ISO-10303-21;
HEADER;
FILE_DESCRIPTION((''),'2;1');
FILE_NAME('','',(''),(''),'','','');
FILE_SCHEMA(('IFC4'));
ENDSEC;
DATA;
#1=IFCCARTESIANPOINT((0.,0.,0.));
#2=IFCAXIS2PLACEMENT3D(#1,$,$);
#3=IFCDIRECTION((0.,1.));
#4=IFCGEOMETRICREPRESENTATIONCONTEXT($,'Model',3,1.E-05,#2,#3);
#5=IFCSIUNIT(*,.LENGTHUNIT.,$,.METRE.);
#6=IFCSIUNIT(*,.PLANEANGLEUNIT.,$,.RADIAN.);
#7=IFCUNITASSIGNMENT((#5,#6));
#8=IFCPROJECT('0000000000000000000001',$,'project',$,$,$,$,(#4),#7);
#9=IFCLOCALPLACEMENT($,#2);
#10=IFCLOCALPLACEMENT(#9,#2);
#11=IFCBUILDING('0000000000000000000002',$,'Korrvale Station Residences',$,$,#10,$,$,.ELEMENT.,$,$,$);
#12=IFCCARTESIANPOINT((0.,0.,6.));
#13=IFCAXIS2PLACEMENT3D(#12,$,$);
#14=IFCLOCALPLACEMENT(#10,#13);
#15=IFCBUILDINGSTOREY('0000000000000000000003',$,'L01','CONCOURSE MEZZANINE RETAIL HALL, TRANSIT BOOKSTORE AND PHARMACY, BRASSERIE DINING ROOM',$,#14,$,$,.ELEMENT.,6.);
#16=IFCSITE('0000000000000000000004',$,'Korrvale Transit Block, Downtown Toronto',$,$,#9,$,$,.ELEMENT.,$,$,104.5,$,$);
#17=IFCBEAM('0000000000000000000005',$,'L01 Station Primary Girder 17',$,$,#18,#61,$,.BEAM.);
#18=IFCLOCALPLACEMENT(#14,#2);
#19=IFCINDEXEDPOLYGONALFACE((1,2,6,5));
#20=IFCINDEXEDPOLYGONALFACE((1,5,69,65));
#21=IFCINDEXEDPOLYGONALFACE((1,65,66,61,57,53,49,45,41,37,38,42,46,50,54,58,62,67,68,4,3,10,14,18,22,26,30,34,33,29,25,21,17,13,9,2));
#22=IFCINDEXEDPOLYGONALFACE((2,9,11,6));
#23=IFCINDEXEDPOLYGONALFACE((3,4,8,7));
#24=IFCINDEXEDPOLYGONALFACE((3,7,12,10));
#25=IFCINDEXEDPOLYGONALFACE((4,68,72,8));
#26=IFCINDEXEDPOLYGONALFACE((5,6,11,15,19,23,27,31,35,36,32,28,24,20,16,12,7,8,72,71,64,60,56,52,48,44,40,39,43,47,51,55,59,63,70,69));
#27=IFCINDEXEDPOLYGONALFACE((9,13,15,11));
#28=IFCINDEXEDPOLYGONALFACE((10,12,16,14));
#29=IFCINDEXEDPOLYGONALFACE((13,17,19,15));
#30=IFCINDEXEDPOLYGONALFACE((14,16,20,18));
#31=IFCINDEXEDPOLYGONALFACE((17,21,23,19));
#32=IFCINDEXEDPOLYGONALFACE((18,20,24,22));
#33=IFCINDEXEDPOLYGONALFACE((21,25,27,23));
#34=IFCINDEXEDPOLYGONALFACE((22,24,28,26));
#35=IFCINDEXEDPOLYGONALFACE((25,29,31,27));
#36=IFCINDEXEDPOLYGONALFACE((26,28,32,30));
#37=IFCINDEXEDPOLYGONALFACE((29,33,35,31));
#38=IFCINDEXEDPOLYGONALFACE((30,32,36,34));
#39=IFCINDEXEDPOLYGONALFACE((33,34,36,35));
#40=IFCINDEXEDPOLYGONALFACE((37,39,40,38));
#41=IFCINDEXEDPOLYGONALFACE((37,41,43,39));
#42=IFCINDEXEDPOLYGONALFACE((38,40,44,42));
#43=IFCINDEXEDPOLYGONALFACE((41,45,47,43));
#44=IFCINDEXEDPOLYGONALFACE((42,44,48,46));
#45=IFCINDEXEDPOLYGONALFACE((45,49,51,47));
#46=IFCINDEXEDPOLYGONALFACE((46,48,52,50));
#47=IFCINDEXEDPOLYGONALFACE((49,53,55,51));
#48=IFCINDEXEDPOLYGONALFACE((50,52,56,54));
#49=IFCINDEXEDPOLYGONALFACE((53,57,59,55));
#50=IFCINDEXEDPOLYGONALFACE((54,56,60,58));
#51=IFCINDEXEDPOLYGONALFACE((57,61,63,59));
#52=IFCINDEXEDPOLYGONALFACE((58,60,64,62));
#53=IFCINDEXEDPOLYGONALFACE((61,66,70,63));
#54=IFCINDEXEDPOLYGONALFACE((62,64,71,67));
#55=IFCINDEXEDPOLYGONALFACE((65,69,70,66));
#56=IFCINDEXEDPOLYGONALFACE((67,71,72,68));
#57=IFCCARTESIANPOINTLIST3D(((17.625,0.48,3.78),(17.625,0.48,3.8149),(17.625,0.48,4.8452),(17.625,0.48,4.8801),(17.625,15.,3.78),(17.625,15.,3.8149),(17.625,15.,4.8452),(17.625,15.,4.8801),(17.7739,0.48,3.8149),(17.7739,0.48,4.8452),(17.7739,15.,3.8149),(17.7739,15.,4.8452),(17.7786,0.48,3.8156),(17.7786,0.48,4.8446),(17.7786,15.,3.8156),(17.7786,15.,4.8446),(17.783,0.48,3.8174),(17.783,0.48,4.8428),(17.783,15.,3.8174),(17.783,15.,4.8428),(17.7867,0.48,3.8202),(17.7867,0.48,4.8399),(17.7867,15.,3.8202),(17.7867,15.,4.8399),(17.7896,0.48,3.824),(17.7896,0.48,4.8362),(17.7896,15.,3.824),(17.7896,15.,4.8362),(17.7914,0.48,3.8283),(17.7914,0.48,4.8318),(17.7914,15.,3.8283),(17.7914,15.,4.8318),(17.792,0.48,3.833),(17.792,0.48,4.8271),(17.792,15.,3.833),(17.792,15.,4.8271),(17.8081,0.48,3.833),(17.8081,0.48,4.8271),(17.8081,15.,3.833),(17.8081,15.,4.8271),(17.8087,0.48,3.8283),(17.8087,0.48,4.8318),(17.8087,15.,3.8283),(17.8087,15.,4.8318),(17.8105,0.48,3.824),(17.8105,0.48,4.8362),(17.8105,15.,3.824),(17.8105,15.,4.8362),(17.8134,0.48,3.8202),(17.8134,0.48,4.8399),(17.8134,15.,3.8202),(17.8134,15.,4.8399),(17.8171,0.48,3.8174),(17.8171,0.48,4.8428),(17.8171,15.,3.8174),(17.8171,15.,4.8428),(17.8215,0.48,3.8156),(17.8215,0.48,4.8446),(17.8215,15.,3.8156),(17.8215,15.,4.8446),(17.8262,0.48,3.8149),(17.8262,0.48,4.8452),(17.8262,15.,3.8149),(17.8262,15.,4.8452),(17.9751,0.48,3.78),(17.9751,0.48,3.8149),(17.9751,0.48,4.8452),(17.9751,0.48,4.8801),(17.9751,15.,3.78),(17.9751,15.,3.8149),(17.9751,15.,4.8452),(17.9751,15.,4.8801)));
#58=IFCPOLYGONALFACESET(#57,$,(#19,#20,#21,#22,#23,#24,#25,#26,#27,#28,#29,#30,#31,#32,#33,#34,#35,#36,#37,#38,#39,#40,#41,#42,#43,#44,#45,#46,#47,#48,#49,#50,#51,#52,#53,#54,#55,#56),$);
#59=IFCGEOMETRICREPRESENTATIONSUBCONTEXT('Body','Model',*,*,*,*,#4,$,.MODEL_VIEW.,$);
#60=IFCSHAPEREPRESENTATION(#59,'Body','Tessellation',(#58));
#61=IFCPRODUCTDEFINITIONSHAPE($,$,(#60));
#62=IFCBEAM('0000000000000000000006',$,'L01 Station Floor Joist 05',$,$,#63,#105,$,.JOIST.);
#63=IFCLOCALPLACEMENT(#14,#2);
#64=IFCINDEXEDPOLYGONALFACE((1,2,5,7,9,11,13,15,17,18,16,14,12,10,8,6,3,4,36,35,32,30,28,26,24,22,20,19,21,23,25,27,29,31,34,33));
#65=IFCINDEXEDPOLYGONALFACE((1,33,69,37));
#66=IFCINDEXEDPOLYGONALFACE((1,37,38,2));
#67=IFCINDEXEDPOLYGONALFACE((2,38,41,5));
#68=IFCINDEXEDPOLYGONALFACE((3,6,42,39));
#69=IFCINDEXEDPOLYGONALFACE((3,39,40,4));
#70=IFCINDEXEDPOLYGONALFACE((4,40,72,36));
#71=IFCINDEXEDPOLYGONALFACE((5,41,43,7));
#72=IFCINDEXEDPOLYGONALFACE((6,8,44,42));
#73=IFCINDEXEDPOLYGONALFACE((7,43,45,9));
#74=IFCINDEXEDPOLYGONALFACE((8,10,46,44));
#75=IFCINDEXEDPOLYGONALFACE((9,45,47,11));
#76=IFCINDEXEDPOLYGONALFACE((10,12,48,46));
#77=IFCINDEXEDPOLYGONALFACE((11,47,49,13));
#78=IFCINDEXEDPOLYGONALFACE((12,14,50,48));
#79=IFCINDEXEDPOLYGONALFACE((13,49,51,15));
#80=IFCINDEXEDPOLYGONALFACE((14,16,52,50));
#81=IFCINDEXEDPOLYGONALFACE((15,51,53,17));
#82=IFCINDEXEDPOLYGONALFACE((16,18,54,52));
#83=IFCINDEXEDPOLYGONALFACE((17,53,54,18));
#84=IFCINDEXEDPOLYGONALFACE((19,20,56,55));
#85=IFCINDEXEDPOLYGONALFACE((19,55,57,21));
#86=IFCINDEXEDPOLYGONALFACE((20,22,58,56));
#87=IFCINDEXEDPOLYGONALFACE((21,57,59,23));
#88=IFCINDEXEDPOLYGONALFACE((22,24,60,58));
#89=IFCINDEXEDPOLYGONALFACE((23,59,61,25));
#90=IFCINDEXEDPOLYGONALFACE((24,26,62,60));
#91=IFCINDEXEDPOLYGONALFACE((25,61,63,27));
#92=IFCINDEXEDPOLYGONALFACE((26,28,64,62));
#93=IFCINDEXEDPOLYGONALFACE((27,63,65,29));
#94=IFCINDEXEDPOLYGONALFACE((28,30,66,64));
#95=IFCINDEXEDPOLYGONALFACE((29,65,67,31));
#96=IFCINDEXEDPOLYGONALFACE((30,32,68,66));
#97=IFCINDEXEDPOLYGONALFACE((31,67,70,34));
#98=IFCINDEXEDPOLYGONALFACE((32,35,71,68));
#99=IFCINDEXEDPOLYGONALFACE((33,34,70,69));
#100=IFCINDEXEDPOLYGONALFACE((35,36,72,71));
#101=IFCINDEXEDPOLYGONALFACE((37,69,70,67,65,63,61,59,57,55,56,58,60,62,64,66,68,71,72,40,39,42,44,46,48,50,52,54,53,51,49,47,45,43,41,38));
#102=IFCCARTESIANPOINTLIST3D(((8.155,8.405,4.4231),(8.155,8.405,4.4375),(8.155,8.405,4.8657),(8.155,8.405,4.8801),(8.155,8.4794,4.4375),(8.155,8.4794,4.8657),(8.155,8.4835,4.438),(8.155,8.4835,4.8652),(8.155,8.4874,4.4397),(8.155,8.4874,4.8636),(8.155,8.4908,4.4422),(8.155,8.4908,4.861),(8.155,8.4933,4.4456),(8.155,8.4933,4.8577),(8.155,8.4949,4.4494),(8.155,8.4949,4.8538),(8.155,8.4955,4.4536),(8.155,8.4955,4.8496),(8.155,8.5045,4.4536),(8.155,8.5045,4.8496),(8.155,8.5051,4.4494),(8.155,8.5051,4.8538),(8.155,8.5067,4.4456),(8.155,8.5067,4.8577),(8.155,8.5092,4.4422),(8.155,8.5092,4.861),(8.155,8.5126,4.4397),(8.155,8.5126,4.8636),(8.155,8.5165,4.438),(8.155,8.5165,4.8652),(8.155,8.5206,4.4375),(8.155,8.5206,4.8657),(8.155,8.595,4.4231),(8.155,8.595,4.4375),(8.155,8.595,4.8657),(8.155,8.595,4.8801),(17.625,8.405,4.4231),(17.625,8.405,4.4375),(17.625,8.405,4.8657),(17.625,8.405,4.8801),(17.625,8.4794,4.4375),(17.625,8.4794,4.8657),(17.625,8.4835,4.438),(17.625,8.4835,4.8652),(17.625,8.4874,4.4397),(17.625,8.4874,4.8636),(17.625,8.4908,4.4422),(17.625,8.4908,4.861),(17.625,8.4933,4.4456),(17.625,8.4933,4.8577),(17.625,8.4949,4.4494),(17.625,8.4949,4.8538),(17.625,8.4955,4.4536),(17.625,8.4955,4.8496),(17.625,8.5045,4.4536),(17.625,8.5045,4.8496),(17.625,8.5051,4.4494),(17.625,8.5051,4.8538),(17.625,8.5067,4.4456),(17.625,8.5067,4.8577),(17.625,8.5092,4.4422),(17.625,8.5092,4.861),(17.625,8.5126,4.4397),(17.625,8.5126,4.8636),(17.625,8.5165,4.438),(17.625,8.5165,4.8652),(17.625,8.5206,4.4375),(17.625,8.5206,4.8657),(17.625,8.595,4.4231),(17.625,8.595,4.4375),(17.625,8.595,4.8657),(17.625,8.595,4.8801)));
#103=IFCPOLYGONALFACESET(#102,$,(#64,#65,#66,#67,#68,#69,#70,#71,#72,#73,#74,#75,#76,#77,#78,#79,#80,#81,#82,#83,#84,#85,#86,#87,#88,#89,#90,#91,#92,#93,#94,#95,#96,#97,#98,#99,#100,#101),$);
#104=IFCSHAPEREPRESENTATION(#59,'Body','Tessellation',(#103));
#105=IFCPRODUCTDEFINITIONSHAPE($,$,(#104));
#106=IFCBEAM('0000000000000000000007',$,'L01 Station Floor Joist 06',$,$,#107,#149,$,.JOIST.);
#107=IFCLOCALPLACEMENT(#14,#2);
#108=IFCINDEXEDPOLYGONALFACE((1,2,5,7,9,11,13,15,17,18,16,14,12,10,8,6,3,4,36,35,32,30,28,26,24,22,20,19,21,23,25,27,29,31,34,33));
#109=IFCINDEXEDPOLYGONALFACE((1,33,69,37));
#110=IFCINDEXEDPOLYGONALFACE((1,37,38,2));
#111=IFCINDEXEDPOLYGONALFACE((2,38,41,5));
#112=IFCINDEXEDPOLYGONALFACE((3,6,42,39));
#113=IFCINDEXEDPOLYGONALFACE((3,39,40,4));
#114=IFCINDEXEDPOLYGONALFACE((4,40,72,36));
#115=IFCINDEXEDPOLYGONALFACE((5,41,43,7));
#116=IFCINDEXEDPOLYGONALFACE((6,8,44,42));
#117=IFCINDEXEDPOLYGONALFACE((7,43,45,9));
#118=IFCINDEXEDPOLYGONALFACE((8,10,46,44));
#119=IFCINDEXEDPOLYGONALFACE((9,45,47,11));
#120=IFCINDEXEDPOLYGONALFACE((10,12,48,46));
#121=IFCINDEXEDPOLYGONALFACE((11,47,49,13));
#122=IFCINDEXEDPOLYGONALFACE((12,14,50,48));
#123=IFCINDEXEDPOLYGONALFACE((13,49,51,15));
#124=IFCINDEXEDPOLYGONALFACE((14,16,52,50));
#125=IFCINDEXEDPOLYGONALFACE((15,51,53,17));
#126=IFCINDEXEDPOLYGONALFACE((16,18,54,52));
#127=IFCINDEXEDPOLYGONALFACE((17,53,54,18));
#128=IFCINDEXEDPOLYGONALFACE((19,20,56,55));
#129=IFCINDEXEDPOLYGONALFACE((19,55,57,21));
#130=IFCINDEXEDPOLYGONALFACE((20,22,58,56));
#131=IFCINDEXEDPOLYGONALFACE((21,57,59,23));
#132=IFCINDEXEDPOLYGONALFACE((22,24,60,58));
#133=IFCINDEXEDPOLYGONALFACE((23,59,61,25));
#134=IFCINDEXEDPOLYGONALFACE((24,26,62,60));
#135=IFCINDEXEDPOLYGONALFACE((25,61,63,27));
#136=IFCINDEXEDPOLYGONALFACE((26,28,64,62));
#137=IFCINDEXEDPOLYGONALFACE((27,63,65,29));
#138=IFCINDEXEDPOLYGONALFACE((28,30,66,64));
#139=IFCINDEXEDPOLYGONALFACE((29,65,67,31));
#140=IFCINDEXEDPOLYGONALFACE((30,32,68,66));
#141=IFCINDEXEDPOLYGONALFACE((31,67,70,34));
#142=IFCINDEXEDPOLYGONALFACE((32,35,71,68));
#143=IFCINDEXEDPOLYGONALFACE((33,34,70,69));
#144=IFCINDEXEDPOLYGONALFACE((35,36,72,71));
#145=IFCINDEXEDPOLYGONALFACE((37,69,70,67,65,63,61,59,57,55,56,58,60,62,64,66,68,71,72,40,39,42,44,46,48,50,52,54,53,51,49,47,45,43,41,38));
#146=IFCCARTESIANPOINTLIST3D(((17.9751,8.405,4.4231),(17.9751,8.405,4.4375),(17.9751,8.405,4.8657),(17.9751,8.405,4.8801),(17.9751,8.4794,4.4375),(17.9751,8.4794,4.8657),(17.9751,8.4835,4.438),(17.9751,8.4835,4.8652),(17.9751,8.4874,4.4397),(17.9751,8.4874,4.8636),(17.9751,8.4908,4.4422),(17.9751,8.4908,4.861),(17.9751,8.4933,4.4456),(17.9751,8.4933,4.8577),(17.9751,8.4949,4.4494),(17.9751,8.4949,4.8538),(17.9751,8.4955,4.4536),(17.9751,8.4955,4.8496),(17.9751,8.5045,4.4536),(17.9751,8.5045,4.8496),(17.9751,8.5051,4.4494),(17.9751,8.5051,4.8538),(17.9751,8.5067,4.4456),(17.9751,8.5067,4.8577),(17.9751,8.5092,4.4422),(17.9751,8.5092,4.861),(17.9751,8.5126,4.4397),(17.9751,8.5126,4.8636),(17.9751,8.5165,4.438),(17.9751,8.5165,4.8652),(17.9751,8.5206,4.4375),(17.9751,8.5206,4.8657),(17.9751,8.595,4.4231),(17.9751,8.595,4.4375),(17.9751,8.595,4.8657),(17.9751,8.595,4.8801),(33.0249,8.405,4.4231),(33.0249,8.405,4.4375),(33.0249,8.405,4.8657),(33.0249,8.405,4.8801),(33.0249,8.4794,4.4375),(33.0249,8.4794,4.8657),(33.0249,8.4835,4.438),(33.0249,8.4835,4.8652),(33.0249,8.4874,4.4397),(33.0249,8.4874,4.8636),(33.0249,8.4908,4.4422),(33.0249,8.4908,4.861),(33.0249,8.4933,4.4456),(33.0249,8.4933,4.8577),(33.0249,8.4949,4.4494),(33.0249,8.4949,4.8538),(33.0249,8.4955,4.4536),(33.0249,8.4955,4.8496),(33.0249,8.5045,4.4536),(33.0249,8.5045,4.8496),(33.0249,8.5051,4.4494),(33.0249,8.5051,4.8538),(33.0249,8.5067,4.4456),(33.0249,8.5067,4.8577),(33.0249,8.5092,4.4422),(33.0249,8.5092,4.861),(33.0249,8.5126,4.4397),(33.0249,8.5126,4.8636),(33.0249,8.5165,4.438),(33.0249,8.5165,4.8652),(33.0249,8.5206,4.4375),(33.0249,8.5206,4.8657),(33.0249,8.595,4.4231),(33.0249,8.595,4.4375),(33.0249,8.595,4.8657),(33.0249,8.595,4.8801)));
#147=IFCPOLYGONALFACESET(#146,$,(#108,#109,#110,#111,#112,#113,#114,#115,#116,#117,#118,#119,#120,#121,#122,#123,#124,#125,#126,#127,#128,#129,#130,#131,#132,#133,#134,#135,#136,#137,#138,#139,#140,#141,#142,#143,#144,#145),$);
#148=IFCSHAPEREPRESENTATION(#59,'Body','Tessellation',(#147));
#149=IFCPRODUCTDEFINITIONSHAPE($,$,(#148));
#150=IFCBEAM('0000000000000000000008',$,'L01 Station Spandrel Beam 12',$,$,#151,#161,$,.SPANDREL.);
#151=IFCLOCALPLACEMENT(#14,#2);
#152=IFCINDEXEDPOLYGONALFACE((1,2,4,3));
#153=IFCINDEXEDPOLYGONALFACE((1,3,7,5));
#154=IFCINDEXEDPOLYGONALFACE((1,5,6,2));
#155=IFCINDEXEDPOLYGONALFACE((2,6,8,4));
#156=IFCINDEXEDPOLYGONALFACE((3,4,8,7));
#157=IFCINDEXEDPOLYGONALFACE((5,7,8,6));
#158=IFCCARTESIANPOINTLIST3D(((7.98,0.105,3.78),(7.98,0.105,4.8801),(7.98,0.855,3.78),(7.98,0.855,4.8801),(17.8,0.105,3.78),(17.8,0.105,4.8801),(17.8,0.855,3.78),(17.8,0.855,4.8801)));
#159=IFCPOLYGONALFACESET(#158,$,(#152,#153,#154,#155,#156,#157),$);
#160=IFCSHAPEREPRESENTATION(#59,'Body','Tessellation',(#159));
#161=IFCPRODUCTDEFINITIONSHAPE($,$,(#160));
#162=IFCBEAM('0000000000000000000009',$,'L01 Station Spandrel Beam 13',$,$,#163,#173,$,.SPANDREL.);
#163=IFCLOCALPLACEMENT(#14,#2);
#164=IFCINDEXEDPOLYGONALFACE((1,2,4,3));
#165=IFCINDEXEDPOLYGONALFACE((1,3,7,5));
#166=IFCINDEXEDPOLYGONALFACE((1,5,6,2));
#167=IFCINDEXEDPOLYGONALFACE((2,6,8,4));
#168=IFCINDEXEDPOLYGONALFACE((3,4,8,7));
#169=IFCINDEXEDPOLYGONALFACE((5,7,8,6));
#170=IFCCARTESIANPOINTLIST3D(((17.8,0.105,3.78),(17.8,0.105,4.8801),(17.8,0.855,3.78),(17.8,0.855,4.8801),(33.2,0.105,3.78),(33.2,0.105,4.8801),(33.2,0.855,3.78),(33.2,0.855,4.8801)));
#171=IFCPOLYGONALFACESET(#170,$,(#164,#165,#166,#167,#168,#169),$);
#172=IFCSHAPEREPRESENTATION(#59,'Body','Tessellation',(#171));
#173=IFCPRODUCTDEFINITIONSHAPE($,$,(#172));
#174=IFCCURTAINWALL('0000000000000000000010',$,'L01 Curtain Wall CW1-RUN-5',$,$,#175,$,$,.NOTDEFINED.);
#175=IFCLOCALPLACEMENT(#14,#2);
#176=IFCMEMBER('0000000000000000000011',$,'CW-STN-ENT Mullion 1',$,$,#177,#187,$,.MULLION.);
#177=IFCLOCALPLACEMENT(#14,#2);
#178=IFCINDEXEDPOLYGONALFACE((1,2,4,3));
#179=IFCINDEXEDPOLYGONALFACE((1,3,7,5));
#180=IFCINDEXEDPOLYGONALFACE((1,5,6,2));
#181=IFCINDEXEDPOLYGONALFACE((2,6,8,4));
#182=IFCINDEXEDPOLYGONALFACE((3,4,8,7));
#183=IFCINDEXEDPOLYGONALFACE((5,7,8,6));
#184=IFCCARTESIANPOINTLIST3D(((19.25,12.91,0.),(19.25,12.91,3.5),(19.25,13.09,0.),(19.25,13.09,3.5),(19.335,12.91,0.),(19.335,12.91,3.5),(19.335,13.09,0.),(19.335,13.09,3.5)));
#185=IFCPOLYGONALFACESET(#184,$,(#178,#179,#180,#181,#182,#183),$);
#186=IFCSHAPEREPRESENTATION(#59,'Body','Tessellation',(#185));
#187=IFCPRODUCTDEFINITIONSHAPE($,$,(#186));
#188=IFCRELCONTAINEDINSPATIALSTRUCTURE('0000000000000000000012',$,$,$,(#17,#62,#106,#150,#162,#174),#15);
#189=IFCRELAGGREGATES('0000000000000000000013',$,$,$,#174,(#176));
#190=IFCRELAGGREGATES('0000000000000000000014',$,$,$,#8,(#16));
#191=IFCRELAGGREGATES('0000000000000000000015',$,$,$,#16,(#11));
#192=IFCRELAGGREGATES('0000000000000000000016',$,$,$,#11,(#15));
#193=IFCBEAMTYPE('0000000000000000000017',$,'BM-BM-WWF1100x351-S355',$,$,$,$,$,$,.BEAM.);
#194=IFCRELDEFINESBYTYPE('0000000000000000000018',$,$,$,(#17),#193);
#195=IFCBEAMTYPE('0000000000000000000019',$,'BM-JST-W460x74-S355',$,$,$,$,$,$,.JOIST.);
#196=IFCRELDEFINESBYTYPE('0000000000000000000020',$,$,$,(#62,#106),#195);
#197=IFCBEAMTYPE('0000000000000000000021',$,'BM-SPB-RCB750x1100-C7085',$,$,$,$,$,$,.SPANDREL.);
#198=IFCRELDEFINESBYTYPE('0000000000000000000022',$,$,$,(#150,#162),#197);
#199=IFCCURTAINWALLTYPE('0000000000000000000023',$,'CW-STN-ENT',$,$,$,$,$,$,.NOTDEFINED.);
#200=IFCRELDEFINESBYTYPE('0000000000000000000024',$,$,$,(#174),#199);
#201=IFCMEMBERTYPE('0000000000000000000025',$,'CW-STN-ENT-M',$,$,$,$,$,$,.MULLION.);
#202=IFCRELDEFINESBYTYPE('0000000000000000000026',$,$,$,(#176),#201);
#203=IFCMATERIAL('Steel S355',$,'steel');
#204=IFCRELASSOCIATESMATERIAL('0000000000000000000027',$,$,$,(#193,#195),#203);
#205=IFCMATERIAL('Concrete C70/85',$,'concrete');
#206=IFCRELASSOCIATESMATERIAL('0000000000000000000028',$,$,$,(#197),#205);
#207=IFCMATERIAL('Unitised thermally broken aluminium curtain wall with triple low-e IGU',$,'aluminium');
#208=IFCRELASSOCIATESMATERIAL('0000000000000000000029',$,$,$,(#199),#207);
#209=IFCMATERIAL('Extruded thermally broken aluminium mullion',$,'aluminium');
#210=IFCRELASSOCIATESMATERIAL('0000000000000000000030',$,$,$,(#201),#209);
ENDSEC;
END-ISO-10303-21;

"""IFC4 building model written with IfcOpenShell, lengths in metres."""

from ifc_helpers import new_model, si_unit, direction, frame, origin, origin_2d, place, context, subcontext, project, spatial, rectangle, i_section, extrude, material, material_profile, profile_set, type_object, element, aggregate, save


model = new_model("IFC4")

# Units and contexts
model_context = context("Model", 3, precision=1e-05, world=origin(), true_north=direction((0.0, 1.0)))
body_context = subcontext(model_context, "Body", "Model", "MODEL_VIEW")
ifc_project = project(units=[si_unit("LENGTHUNIT", "METRE"), si_unit("PLANEANGLEUNIT", "RADIAN")], contexts=[model_context])

# Site, building, storey
site_placement = place(None, origin())
site = spatial("IfcSite", under=ifc_project, at=site_placement, Name="Korrvale Transit Block, Downtown Toronto", CompositionType="ELEMENT", RefElevation=104.5)
building_placement = place(site_placement, origin())
building = spatial("IfcBuilding", under=site, at=building_placement, Name="Korrvale Station Residences", CompositionType="ELEMENT")
storey_placement = place(building_placement, frame((0.0, 0.0, 6.0)))
storey = spatial("IfcBuildingStorey", under=building, at=storey_placement, Name="L01", Description="CONCOURSE MEZZANINE RETAIL HALL, TRANSIT BOOKSTORE AND PHARMACY, BRASSERIE DINING ROOM", CompositionType="ELEMENT", Elevation=6.0)

# Shared definitions
ifc_material_1 = material(Name="Concrete C70/85", Category="concrete")

# Beams
ifc_material_2 = material(Name="Steel S355", Category="steel")
ifc_material_profile_1 = material_profile(ifc_material_2, i_section(OverallWidth=0.3501, OverallDepth=1.1001, WebThickness=0.0161, FlangeThickness=0.0349, FilletRadius=0.0181, at=origin_2d()), Name="WWF1100x351")
ifc_profile_set_1 = profile_set([ifc_material_profile_1], Name="Steel S355")
beam_type_1 = type_object("IfcBeamType", Name="BM-BM-WWF1100x351-S355", PredefinedType="BEAM", material=ifc_profile_set_1)
beam_1_placement = place(storey_placement, frame((17.8, 0.48, 4.3301), z_axis=(0.0, 1.0, 0.0), x_axis=(-1.0, 0.0, 0.0)))
element("IfcBeam", 1, at=beam_1_placement, inside=storey, type_object=beam_type_1, Name="L01 Station Primary Girder 17", PredefinedType="BEAM", context=body_context, shape_type="SweptSolid", body=[
    extrude(i_section(OverallWidth=0.3501, OverallDepth=1.1001, WebThickness=0.0161, FlangeThickness=0.0349, FilletRadius=0.0181, at=origin_2d()), origin(), (0.0, 0.0, 1.0), 14.52),
])
ifc_material_profile_2 = material_profile(ifc_material_2, i_section(OverallWidth=0.1899, OverallDepth=0.457, WebThickness=0.009, FlangeThickness=0.0144, FilletRadius=0.0161, at=origin_2d()), Name="W460x74")
ifc_profile_set_2 = profile_set([ifc_material_profile_2], Name="Steel S355")
beam_type_2 = type_object("IfcBeamType", Name="BM-JST-W460x74-S355", PredefinedType="JOIST", material=ifc_profile_set_2)
beam_2_placement = place(storey_placement, frame((8.155, 8.5, 4.6516), z_axis=(1.0, 0.0, 0.0), x_axis=(0.0, 1.0, 0.0)))
element("IfcBeam", 2, at=beam_2_placement, inside=storey, type_object=beam_type_2, Name="L01 Station Floor Joist 05", PredefinedType="JOIST", context=body_context, shape_type="SweptSolid", body=[
    extrude(i_section(OverallWidth=0.1899, OverallDepth=0.457, WebThickness=0.009, FlangeThickness=0.0144, FilletRadius=0.0161, at=origin_2d()), origin(), (0.0, 0.0, 1.0), 9.47),
])
beam_3_placement = place(storey_placement, frame((17.9751, 8.5, 4.6516), z_axis=(1.0, 0.0, 0.0), x_axis=(0.0, 1.0, 0.0)))
element("IfcBeam", 3, at=beam_3_placement, inside=storey, type_object=beam_type_2, Name="L01 Station Floor Joist 06", PredefinedType="JOIST", context=body_context, shape_type="SweptSolid", body=[
    extrude(i_section(OverallWidth=0.1899, OverallDepth=0.457, WebThickness=0.009, FlangeThickness=0.0144, FilletRadius=0.0161, at=origin_2d()), origin(), (0.0, 0.0, 1.0), 15.0498),
])
ifc_material_profile_3 = material_profile(ifc_material_1, rectangle(XDim=0.75, YDim=1.1001, at=origin_2d()), Name="RCB750x1100")
ifc_profile_set_3 = profile_set([ifc_material_profile_3], Name="Concrete C70/85")
beam_type_3 = type_object("IfcBeamType", Name="BM-SPB-RCB750x1100-C7085", PredefinedType="SPANDREL", material=ifc_profile_set_3)
beam_4_placement = place(storey_placement, frame((7.98, 0.48, 4.3301), z_axis=(1.0, 0.0, 0.0), x_axis=(0.0, 1.0, 0.0)))
element("IfcBeam", 4, at=beam_4_placement, inside=storey, type_object=beam_type_3, Name="L01 Station Spandrel Beam 12", PredefinedType="SPANDREL", context=body_context, shape_type="SweptSolid", body=[
    extrude(rectangle(XDim=0.75, YDim=1.1001, at=origin_2d()), origin(), (0.0, 0.0, 1.0), 9.8201),
])
beam_5_placement = place(storey_placement, frame((17.8, 0.48, 4.3301), z_axis=(1.0, 0.0, 0.0), x_axis=(0.0, 1.0, 0.0)))
element("IfcBeam", 5, at=beam_5_placement, inside=storey, type_object=beam_type_3, Name="L01 Station Spandrel Beam 13", PredefinedType="SPANDREL", context=body_context, shape_type="SweptSolid", body=[
    extrude(rectangle(XDim=0.75, YDim=1.1001, at=origin_2d()), origin(), (0.0, 0.0, 1.0), 15.3999),
])

# Curtain wall, member
ifc_material_3 = material(Name="Unitised thermally broken aluminium curtain wall with triple low-e IGU", Category="aluminium")
curtain_wall_type = type_object("IfcCurtainWallType", Name="CW-STN-ENT", PredefinedType="NOTDEFINED", material=ifc_material_3)
curtain_wall_placement = place(storey_placement, origin())
curtain_wall = element("IfcCurtainWall", 6, at=curtain_wall_placement, inside=storey, type_object=curtain_wall_type, Name="L01 Curtain Wall CW1-RUN-5", PredefinedType="NOTDEFINED")
ifc_material_4 = material(Name="Extruded thermally broken aluminium mullion", Category="aluminium")
member_type = type_object("IfcMemberType", Name="CW-STN-ENT-M", PredefinedType="MULLION", material=ifc_material_4)
member_placement = place(storey_placement, frame((19.2925, 13.0, 0.0), z_axis=(0.0, 0.0, 1.0), x_axis=(1.0, 0.0, 0.0)))
member = element("IfcMember", 7, at=member_placement, type_object=member_type, Name="CW-STN-ENT Mullion 1", PredefinedType="MULLION", context=body_context, shape_type="SweptSolid", body=[
    extrude(rectangle(XDim=0.085, YDim=0.1799, at=origin_2d()), origin(), (0.0, 0.0, 1.0), 3.5),
])
aggregate(curtain_wall, [member])

save(model, "model.ifc")
